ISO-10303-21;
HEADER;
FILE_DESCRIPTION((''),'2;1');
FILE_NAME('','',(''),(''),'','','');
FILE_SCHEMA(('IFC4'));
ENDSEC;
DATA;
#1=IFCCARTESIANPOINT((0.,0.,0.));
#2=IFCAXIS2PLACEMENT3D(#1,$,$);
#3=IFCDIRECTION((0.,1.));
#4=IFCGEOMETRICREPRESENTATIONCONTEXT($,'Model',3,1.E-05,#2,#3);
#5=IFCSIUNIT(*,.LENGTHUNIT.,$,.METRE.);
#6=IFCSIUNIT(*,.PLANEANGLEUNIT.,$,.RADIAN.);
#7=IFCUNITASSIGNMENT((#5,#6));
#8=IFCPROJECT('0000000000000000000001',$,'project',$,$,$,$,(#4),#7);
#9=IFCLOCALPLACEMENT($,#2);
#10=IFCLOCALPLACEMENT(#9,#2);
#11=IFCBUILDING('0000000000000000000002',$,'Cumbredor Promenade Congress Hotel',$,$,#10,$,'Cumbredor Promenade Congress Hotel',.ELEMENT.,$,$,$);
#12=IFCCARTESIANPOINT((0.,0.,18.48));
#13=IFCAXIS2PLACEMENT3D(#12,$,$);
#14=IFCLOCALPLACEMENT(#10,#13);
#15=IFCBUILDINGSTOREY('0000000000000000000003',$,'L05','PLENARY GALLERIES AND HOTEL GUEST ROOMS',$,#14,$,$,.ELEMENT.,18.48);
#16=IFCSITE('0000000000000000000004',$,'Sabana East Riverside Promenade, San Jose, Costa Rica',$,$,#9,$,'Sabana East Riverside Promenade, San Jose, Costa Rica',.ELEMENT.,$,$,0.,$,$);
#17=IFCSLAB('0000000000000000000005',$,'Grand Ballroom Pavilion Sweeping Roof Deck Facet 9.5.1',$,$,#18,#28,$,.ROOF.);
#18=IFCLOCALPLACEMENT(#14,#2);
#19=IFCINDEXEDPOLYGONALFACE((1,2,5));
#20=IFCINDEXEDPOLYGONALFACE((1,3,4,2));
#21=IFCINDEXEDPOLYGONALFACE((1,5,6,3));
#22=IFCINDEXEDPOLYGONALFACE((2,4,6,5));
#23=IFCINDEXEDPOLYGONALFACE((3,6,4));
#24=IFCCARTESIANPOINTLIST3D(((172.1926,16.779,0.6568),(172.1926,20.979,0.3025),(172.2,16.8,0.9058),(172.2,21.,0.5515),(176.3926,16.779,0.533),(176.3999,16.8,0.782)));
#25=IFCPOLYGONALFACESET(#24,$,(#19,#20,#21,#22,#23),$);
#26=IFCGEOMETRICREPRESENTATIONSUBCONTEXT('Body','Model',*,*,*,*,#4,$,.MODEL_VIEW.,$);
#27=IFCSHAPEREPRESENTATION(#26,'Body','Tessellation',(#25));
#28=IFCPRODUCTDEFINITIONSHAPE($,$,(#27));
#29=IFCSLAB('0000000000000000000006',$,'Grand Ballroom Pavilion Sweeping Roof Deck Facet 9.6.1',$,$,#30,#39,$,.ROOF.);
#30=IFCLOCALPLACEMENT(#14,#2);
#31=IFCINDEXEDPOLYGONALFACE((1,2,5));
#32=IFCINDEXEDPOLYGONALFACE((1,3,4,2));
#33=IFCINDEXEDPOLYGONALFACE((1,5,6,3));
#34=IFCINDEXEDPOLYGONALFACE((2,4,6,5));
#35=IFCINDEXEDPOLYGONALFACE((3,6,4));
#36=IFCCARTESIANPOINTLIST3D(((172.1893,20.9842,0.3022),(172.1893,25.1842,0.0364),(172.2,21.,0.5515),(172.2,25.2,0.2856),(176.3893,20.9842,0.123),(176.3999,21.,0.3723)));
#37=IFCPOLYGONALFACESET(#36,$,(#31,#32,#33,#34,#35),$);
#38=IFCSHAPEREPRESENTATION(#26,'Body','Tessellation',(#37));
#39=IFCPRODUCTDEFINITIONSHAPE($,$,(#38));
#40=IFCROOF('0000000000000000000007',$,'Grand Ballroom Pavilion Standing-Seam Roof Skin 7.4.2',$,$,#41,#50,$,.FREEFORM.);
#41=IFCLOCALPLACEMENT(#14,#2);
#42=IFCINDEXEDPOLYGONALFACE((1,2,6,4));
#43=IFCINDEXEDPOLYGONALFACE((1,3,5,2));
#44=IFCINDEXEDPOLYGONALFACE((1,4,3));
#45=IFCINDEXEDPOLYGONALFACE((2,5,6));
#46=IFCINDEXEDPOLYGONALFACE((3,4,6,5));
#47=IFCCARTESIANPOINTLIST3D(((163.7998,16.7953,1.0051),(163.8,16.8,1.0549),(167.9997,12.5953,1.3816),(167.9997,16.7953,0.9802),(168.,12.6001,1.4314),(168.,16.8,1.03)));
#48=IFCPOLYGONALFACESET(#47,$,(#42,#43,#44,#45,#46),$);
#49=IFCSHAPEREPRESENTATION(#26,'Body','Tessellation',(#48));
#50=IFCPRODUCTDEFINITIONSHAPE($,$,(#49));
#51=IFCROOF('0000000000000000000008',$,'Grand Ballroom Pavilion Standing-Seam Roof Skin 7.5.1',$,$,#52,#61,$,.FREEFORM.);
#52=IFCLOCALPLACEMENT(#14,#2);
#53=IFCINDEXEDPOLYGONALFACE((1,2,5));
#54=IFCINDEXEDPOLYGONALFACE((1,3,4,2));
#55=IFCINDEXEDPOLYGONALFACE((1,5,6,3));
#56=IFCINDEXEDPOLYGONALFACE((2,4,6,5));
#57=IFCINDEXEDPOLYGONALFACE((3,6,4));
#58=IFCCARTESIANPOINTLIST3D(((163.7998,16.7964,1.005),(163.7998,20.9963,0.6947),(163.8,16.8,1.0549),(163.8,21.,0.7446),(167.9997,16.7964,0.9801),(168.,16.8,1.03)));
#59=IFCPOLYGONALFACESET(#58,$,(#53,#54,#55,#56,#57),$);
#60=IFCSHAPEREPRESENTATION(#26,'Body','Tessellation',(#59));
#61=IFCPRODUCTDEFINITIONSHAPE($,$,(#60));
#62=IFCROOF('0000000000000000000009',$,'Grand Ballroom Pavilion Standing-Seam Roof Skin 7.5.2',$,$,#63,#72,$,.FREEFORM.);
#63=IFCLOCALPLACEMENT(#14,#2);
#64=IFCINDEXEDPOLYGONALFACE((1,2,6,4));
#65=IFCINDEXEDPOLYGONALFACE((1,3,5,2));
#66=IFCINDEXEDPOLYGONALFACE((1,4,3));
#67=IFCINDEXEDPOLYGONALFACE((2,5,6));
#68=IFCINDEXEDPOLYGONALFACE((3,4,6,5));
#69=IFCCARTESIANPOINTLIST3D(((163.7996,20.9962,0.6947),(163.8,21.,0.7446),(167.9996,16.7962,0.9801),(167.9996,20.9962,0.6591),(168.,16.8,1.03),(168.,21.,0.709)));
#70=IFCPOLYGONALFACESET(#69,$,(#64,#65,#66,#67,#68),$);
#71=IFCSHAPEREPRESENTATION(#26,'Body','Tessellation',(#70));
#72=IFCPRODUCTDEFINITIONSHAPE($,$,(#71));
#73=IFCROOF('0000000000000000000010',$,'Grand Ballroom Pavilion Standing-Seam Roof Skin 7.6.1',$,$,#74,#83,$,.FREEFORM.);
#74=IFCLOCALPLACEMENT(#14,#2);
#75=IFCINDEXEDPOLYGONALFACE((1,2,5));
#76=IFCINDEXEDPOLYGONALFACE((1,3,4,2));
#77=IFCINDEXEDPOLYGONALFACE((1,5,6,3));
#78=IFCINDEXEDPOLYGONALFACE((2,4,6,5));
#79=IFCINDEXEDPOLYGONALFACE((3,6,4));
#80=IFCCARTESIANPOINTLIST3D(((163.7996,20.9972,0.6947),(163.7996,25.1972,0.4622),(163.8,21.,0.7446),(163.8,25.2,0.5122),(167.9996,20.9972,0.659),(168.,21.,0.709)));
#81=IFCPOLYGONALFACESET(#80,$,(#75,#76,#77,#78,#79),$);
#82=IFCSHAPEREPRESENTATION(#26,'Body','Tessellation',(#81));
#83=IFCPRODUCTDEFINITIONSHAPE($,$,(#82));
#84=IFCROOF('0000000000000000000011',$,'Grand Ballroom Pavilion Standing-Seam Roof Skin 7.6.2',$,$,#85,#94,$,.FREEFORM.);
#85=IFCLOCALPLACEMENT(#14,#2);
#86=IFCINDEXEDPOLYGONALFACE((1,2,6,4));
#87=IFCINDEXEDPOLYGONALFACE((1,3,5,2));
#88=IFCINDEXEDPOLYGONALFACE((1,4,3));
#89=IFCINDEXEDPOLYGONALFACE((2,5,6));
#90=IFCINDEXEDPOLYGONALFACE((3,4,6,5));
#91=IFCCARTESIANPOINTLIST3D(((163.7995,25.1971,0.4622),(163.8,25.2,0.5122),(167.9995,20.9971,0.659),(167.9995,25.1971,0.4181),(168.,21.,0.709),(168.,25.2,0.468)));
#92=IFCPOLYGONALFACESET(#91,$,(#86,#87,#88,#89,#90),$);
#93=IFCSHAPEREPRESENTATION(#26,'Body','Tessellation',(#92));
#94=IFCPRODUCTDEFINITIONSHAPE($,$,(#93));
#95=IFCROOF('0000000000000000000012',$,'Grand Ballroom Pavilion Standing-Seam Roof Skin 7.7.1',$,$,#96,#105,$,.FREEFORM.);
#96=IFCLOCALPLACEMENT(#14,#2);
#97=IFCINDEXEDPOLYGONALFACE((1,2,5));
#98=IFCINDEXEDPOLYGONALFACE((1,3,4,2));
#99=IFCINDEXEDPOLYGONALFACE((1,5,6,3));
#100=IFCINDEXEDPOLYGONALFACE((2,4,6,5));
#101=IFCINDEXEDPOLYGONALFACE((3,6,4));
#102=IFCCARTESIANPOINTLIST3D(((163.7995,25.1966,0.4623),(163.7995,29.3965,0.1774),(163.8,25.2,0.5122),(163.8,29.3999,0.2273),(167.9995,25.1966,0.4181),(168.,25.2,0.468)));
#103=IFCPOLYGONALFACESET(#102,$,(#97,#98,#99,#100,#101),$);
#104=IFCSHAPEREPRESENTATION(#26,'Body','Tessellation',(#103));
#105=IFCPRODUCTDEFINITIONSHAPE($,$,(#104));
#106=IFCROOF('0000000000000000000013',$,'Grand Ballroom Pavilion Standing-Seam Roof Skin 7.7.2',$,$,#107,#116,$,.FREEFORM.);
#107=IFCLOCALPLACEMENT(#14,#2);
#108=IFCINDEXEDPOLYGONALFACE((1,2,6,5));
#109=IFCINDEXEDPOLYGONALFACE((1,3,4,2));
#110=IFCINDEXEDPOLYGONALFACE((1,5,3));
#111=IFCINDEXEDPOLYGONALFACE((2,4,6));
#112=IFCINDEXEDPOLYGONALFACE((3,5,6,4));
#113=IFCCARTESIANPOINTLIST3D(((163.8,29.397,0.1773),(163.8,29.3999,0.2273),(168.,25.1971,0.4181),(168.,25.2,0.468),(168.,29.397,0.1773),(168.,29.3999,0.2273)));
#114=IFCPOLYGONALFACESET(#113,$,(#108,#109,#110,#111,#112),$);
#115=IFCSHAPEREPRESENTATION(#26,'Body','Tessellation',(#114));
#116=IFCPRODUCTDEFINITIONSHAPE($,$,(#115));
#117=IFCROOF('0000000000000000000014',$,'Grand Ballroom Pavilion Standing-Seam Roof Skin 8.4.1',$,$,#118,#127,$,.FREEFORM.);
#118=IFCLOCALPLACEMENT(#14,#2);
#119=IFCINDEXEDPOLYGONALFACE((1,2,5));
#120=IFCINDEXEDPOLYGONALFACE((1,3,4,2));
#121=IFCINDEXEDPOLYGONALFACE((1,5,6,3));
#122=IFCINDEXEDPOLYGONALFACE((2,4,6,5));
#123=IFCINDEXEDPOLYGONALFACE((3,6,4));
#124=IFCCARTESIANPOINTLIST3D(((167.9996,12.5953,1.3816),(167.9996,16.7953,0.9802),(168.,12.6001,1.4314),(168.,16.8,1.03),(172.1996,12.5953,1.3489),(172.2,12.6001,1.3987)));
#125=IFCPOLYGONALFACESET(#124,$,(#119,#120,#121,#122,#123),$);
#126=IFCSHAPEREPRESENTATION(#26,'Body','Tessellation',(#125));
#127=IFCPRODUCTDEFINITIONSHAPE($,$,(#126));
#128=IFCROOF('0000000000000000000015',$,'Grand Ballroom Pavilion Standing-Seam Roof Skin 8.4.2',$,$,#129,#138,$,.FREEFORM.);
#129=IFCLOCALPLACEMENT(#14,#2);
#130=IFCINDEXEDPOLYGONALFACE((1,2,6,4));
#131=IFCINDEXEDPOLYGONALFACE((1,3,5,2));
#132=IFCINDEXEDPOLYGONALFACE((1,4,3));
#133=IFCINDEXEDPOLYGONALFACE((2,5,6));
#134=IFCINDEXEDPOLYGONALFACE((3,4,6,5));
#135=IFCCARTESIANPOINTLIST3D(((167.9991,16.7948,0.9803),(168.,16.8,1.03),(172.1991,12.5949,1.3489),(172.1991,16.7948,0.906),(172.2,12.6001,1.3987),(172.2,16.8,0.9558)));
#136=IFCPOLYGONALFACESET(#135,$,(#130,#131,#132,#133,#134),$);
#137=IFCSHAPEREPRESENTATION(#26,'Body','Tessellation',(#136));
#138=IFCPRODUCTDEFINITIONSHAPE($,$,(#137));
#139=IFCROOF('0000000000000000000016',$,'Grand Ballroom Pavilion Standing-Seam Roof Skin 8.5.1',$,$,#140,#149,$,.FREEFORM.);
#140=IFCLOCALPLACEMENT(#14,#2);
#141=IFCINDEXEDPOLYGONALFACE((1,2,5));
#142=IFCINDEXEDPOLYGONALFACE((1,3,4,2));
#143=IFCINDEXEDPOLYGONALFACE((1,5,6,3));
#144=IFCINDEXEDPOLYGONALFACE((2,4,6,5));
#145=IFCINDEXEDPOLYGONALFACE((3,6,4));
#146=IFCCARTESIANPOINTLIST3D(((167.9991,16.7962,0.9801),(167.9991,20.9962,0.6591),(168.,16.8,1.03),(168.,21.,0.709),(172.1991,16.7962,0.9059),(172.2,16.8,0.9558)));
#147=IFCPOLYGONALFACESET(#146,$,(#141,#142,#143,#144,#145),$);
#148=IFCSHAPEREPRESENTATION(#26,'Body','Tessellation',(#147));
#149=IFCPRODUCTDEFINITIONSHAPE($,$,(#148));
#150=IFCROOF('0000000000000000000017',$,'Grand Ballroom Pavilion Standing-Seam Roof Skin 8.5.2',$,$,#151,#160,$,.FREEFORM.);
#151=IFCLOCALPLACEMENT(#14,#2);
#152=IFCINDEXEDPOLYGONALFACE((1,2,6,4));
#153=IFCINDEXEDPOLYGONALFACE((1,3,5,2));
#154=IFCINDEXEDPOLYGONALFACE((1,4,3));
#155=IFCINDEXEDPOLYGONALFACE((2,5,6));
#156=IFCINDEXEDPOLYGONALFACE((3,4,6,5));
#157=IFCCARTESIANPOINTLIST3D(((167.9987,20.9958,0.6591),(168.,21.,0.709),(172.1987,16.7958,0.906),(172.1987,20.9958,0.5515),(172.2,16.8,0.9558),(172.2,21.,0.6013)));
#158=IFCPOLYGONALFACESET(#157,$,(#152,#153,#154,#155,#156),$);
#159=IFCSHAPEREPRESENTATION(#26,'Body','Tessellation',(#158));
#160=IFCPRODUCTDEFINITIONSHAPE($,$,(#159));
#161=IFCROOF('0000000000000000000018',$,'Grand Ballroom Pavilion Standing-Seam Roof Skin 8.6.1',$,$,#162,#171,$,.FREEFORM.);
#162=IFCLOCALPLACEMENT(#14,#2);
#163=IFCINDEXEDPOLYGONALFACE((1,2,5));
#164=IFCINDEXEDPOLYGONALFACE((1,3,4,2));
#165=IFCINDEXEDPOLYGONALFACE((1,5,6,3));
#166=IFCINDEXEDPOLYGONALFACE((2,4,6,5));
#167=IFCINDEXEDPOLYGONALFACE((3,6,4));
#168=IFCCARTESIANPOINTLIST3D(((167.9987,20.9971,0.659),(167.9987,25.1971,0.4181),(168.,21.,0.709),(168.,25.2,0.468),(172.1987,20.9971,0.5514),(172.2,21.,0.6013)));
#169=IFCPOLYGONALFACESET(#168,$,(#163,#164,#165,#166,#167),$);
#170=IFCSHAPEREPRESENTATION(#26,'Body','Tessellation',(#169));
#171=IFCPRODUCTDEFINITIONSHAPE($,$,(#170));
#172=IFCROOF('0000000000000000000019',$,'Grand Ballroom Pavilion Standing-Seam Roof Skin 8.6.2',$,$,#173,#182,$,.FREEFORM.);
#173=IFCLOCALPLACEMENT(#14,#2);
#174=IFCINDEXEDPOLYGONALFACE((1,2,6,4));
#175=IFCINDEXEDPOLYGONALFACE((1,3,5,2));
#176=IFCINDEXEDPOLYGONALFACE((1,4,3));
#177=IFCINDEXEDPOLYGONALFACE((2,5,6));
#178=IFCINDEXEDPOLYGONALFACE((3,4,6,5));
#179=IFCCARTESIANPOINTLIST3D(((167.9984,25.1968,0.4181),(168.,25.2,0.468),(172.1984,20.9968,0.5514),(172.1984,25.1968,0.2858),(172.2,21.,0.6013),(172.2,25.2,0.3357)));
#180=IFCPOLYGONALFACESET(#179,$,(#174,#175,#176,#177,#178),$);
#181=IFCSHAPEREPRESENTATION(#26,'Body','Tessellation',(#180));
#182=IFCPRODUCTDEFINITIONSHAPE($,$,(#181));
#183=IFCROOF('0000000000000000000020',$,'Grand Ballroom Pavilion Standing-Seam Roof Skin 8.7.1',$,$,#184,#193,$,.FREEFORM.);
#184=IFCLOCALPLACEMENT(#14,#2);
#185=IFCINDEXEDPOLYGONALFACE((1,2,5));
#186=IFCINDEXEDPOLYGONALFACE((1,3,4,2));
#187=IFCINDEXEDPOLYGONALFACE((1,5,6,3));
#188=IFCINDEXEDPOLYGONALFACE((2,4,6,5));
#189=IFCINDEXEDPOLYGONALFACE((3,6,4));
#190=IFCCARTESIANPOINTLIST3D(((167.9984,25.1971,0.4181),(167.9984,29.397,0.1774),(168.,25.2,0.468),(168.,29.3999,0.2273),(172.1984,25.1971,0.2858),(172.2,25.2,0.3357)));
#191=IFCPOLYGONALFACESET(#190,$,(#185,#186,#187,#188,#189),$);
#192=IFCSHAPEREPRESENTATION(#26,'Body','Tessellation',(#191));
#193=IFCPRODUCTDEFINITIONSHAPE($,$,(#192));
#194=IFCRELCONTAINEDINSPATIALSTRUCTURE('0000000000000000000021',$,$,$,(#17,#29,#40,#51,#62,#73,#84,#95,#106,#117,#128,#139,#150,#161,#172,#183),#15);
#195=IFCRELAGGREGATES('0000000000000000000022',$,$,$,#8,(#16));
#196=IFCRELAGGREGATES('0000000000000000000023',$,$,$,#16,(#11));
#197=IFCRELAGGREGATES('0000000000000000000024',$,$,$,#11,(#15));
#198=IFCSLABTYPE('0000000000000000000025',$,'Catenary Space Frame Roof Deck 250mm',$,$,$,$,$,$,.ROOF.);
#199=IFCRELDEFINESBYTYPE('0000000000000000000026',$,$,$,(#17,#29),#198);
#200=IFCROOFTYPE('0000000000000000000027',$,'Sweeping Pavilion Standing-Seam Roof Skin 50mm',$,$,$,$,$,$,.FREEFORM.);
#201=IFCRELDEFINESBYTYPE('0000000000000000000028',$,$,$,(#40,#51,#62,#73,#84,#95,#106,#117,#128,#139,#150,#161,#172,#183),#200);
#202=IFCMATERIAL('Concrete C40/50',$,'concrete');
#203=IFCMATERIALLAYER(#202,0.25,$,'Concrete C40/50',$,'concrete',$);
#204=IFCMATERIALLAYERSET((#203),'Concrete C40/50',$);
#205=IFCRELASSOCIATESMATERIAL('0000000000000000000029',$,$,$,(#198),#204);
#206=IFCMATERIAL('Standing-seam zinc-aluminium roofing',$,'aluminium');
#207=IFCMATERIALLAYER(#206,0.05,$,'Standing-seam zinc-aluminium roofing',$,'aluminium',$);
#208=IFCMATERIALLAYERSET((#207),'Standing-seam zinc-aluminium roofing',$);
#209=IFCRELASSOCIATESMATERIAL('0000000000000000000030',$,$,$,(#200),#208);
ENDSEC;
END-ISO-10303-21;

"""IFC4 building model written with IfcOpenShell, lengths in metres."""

from ifc_helpers import new_model, si_unit, direction, frame, origin, place, context, subcontext, project, spatial, polyline, outline, extrude, material, layer, layer_set, type_object, element, save


model = new_model("IFC4")

# Units and contexts
model_context = context("Model", 3, precision=1e-05, world=origin(), true_north=direction((0.0, 1.0)))
body_context = subcontext(model_context, "Body", "Model", "MODEL_VIEW")
ifc_project = project(units=[si_unit("LENGTHUNIT", "METRE"), si_unit("PLANEANGLEUNIT", "RADIAN")], contexts=[model_context])

# Site, building, storey
site_placement = place(None, origin())
site = spatial("IfcSite", under=ifc_project, at=site_placement, Name="Sabana East Riverside Promenade, San Jose, Costa Rica", LongName="Sabana East Riverside Promenade, San Jose, Costa Rica", CompositionType="ELEMENT", RefElevation=0.0)
building_placement = place(site_placement, origin())
building = spatial("IfcBuilding", under=site, at=building_placement, Name="Cumbredor Promenade Congress Hotel", LongName="Cumbredor Promenade Congress Hotel", CompositionType="ELEMENT")
storey_placement = place(building_placement, frame((0.0, 0.0, 18.48)))
storey = spatial("IfcBuildingStorey", under=building, at=storey_placement, Name="L05", Description="PLENARY GALLERIES AND HOTEL GUEST ROOMS", CompositionType="ELEMENT", Elevation=18.48)

# Slabs
ifc_material_1 = material(Name="Concrete C40/50", Category="concrete")
ifc_layer_1 = layer(ifc_material_1, 0.25, Name="Concrete C40/50", Category="concrete")
ifc_layer_set_1 = layer_set([ifc_layer_1], Name="Concrete C40/50")
slab_type = type_object("IfcSlabType", Name="Catenary Space Frame Roof Deck 250mm", PredefinedType="ROOF", material=ifc_layer_set_1)
slab_1_placement = place(storey_placement, frame((172.2, 16.8, 0.9058), z_axis=(0.029355, 0.084011, 0.996032), x_axis=(0.999566, 0.0, -0.029459)))
element("IfcSlab", 1, at=slab_1_placement, inside=storey, type_object=slab_type, Name="Grand Ballroom Pavilion Sweeping Roof Deck Facet 9.5.1", PredefinedType="ROOF", context=body_context, shape_type="SweptSolid", body=[
    extrude(outline(polyline([(0.0, 0.0), (4.2018, 0.0), (0.0104, 4.2149), (0.0, 0.0)])), origin(), (0.0, 0.0, -1.0), 0.25),
])
slab_2_placement = place(storey_placement, frame((172.2, 21.0, 0.5515), z_axis=(0.042543, 0.063119, 0.997099), x_axis=(0.999091, 0.0, -0.042628)))
element("IfcSlab", 2, at=slab_2_placement, inside=storey, type_object=slab_type, Name="Grand Ballroom Pavilion Sweeping Roof Deck Facet 9.6.1", PredefinedType="ROOF", context=body_context, shape_type="SweptSolid", body=[
    extrude(outline(polyline([(0.0, 0.0), (4.2038, 0.0), (0.0113, 4.2083), (0.0, 0.0)])), origin(), (0.0, 0.0, -1.0), 0.25),
])

# Roofs
ifc_material_2 = material(Name="Standing-seam zinc-aluminium roofing", Category="aluminium")
ifc_layer_2 = layer(ifc_material_2, 0.05, Name="Standing-seam zinc-aluminium roofing", Category="aluminium")
ifc_layer_set_2 = layer_set([ifc_layer_2], Name="Standing-seam zinc-aluminium roofing")
roof_type = type_object("IfcRoofType", Name="Sweeping Pavilion Standing-Seam Roof Skin 50mm", PredefinedType="FREEFORM", material=ifc_layer_set_2)
roof_1_placement = place(storey_placement, frame((168.0, 12.6001, 1.4314), z_axis=(0.005902, 0.09513, 0.995447), x_axis=(0.0, 0.995465, -0.095131)))
element("IfcRoof", 3, at=roof_1_placement, inside=storey, type_object=roof_type, Name="Grand Ballroom Pavilion Standing-Seam Roof Skin 7.4.2", PredefinedType="FREEFORM", context=body_context, shape_type="SweptSolid", body=[
    extrude(outline(polyline([(0.0, 0.0), (4.2191, 0.0), (4.2167, 4.2), (0.0, 0.0)])), origin(), (0.0, 0.0, -1.0), 0.05),
])
roof_2_placement = place(storey_placement, frame((163.8, 16.8, 1.0549), z_axis=(0.005913, 0.07368, 0.997264), x_axis=(0.999982, 0.0, -0.005929)))
element("IfcRoof", 4, at=roof_2_placement, inside=storey, type_object=roof_type, Name="Grand Ballroom Pavilion Standing-Seam Roof Skin 7.5.1", PredefinedType="FREEFORM", context=body_context, shape_type="SweptSolid", body=[
    extrude(outline(polyline([(0.0, 0.0), (4.2, 0.0), (0.0018, 4.2114), (0.0, 0.0)])), origin(), (0.0, 0.0, -1.0), 0.05),
])
roof_3_placement = place(storey_placement, frame((168.0, 16.8, 1.03), z_axis=(0.008462, 0.076215, 0.997055), x_axis=(0.0, 0.997091, -0.076218)))
element("IfcRoof", 5, at=roof_3_placement, inside=storey, type_object=roof_type, Name="Grand Ballroom Pavilion Standing-Seam Roof Skin 7.5.2", PredefinedType="FREEFORM", context=body_context, shape_type="SweptSolid", body=[
    extrude(outline(polyline([(0.0, 0.0), (4.2122, 0.0), (4.2095, 4.2001), (0.0, 0.0)])), origin(), (0.0, 0.0, -1.0), 0.05),
])
roof_4_placement = place(storey_placement, frame((163.8, 21.0, 0.7446), z_axis=(0.008474, 0.055253, 0.998436), x_axis=(0.999964, 0.0, -0.008487)))
element("IfcRoof", 6, at=roof_4_placement, inside=storey, type_object=roof_type, Name="Grand Ballroom Pavilion Standing-Seam Roof Skin 7.6.1", PredefinedType="FREEFORM", context=body_context, shape_type="SweptSolid", body=[
    extrude(outline(polyline([(0.0, 0.0), (4.2001, 0.0), (0.002, 4.2064), (0.0, 0.0)])), origin(), (0.0, 0.0, -1.0), 0.05),
])
roof_5_placement = place(storey_placement, frame((168.0, 21.0, 0.709), z_axis=(0.010504, 0.057276, 0.998303), x_axis=(0.0, 0.998358, -0.05728)))
element("IfcRoof", 7, at=roof_5_placement, inside=storey, type_object=roof_type, Name="Grand Ballroom Pavilion Standing-Seam Roof Skin 7.6.2", PredefinedType="FREEFORM", context=body_context, shape_type="SweptSolid", body=[
    extrude(outline(polyline([(0.0, 0.0), (4.2069, 0.0), (4.2043, 4.2002), (0.0, 0.0)])), origin(), (0.0, 0.0, -1.0), 0.05),
])
roof_6_placement = place(storey_placement, frame((163.8, 25.2, 0.5122), z_axis=(0.010497, 0.067678, 0.997652), x_axis=(0.999945, 0.0, -0.010521)))
element("IfcRoof", 8, at=roof_6_placement, inside=storey, type_object=roof_type, Name="Grand Ballroom Pavilion Standing-Seam Roof Skin 7.7.1", PredefinedType="FREEFORM", context=body_context, shape_type="SweptSolid", body=[
    extrude(outline(polyline([(0.0, 0.0), (4.2002, 0.0), (0.003, 4.2096), (0.0, 0.0)])), origin(), (0.0, 0.0, -1.0), 0.05),
])
roof_7_placement = place(storey_placement, frame((168.0, 25.2, 0.468), z_axis=(0.0, 0.057222, 0.998361), x_axis=(0.0, 0.998361, -0.057222)))
element("IfcRoof", 9, at=roof_7_placement, inside=storey, type_object=roof_type, Name="Grand Ballroom Pavilion Standing-Seam Roof Skin 7.7.2", PredefinedType="FREEFORM", context=body_context, shape_type="SweptSolid", body=[
    extrude(outline(polyline([(0.0, 0.0), (4.2068, 0.0), (4.2068, 4.2), (0.0, 0.0)])), origin(), (0.0, 0.0, -1.0), 0.05),
])
roof_8_placement = place(storey_placement, frame((168.0, 12.6001, 1.4314), z_axis=(0.007754, 0.095128, 0.995435), x_axis=(0.99997, 0.0, -0.007789)))
element("IfcRoof", 10, at=roof_8_placement, inside=storey, type_object=roof_type, Name="Grand Ballroom Pavilion Standing-Seam Roof Skin 8.4.1", PredefinedType="FREEFORM", context=body_context, shape_type="SweptSolid", body=[
    extrude(outline(polyline([(0.0, 0.0), (4.2001, 0.0), (0.0031, 4.2191), (0.0, 0.0)])), origin(), (0.0, 0.0, -1.0), 0.05),
])
roof_9_placement = place(storey_placement, frame((172.2, 12.6001, 1.3987), z_axis=(0.017571, 0.104849, 0.994333), x_axis=(0.0, 0.994486, -0.104865)))
element("IfcRoof", 11, at=roof_9_placement, inside=storey, type_object=roof_type, Name="Grand Ballroom Pavilion Standing-Seam Roof Skin 8.4.2", PredefinedType="FREEFORM", context=body_context, shape_type="SweptSolid", body=[
    extrude(outline(polyline([(0.0, 0.0), (4.2232, 0.0), (4.2155, 4.2006), (0.0, 0.0)])), origin(), (0.0, 0.0, -1.0), 0.05),
])
roof_10_placement = place(storey_placement, frame((168.0, 16.8, 1.03), z_axis=(0.017617, 0.076206, 0.996936), x_axis=(0.999844, 0.0, -0.017669)))
element("IfcRoof", 12, at=roof_10_placement, inside=storey, type_object=roof_type, Name="Grand Ballroom Pavilion Standing-Seam Roof Skin 8.5.1", PredefinedType="FREEFORM", context=body_context, shape_type="SweptSolid", body=[
    extrude(outline(polyline([(0.0, 0.0), (4.2006, 0.0), (0.0057, 4.2122), (0.0, 0.0)])), origin(), (0.0, 0.0, -1.0), 0.05),
])
roof_11_placement = place(storey_placement, frame((172.2, 16.8, 0.9558), z_axis=(0.025536, 0.084077, 0.996132), x_axis=(0.0, 0.996457, -0.084105)))
element("IfcRoof", 13, at=roof_11_placement, inside=storey, type_object=roof_type, Name="Grand Ballroom Pavilion Standing-Seam Roof Skin 8.5.2", PredefinedType="FREEFORM", context=body_context, shape_type="SweptSolid", body=[
    extrude(outline(polyline([(0.0, 0.0), (4.2149, 0.0), (4.2058, 4.2013), (0.0, 0.0)])), origin(), (0.0, 0.0, -1.0), 0.05),
])
roof_12_placement = place(storey_placement, frame((168.0, 21.0, 0.709), z_axis=(0.025585, 0.057261, 0.998031), x_axis=(0.999672, 0.0, -0.025627)))
element("IfcRoof", 14, at=roof_12_placement, inside=storey, type_object=roof_type, Name="Grand Ballroom Pavilion Standing-Seam Roof Skin 8.6.1", PredefinedType="FREEFORM", context=body_context, shape_type="SweptSolid", body=[
    extrude(outline(polyline([(0.0, 0.0), (4.2013, 0.0), (0.0062, 4.2069), (0.0, 0.0)])), origin(), (0.0, 0.0, -1.0), 0.05),
])
roof_13_placement = place(storey_placement, frame((172.2, 21.0, 0.6013), z_axis=(0.031428, 0.063087, 0.997513), x_axis=(0.0, 0.998006, -0.063119)))
element("IfcRoof", 15, at=roof_13_placement, inside=storey, type_object=roof_type, Name="Grand Ballroom Pavilion Standing-Seam Roof Skin 8.6.2", PredefinedType="FREEFORM", context=body_context, shape_type="SweptSolid", body=[
    extrude(outline(polyline([(0.0, 0.0), (4.2083, 0.0), (4.2, 4.202), (0.0, 0.0)])), origin(), (0.0, 0.0, -1.0), 0.05),
])
roof_14_placement = place(storey_placement, frame((168.0, 25.2, 0.468), z_axis=(0.031439, 0.057193, 0.997868), x_axis=(0.999504, 0.0, -0.031491)))
element("IfcRoof", 16, at=roof_14_placement, inside=storey, type_object=roof_type, Name="Grand Ballroom Pavilion Standing-Seam Roof Skin 8.7.1", PredefinedType="FREEFORM", context=body_context, shape_type="SweptSolid", body=[
    extrude(outline(polyline([(0.0, 0.0), (4.202, 0.0), (0.0076, 4.2068), (0.0, 0.0)])), origin(), (0.0, 0.0, -1.0), 0.05),
])

save(model, "model.ifc")
